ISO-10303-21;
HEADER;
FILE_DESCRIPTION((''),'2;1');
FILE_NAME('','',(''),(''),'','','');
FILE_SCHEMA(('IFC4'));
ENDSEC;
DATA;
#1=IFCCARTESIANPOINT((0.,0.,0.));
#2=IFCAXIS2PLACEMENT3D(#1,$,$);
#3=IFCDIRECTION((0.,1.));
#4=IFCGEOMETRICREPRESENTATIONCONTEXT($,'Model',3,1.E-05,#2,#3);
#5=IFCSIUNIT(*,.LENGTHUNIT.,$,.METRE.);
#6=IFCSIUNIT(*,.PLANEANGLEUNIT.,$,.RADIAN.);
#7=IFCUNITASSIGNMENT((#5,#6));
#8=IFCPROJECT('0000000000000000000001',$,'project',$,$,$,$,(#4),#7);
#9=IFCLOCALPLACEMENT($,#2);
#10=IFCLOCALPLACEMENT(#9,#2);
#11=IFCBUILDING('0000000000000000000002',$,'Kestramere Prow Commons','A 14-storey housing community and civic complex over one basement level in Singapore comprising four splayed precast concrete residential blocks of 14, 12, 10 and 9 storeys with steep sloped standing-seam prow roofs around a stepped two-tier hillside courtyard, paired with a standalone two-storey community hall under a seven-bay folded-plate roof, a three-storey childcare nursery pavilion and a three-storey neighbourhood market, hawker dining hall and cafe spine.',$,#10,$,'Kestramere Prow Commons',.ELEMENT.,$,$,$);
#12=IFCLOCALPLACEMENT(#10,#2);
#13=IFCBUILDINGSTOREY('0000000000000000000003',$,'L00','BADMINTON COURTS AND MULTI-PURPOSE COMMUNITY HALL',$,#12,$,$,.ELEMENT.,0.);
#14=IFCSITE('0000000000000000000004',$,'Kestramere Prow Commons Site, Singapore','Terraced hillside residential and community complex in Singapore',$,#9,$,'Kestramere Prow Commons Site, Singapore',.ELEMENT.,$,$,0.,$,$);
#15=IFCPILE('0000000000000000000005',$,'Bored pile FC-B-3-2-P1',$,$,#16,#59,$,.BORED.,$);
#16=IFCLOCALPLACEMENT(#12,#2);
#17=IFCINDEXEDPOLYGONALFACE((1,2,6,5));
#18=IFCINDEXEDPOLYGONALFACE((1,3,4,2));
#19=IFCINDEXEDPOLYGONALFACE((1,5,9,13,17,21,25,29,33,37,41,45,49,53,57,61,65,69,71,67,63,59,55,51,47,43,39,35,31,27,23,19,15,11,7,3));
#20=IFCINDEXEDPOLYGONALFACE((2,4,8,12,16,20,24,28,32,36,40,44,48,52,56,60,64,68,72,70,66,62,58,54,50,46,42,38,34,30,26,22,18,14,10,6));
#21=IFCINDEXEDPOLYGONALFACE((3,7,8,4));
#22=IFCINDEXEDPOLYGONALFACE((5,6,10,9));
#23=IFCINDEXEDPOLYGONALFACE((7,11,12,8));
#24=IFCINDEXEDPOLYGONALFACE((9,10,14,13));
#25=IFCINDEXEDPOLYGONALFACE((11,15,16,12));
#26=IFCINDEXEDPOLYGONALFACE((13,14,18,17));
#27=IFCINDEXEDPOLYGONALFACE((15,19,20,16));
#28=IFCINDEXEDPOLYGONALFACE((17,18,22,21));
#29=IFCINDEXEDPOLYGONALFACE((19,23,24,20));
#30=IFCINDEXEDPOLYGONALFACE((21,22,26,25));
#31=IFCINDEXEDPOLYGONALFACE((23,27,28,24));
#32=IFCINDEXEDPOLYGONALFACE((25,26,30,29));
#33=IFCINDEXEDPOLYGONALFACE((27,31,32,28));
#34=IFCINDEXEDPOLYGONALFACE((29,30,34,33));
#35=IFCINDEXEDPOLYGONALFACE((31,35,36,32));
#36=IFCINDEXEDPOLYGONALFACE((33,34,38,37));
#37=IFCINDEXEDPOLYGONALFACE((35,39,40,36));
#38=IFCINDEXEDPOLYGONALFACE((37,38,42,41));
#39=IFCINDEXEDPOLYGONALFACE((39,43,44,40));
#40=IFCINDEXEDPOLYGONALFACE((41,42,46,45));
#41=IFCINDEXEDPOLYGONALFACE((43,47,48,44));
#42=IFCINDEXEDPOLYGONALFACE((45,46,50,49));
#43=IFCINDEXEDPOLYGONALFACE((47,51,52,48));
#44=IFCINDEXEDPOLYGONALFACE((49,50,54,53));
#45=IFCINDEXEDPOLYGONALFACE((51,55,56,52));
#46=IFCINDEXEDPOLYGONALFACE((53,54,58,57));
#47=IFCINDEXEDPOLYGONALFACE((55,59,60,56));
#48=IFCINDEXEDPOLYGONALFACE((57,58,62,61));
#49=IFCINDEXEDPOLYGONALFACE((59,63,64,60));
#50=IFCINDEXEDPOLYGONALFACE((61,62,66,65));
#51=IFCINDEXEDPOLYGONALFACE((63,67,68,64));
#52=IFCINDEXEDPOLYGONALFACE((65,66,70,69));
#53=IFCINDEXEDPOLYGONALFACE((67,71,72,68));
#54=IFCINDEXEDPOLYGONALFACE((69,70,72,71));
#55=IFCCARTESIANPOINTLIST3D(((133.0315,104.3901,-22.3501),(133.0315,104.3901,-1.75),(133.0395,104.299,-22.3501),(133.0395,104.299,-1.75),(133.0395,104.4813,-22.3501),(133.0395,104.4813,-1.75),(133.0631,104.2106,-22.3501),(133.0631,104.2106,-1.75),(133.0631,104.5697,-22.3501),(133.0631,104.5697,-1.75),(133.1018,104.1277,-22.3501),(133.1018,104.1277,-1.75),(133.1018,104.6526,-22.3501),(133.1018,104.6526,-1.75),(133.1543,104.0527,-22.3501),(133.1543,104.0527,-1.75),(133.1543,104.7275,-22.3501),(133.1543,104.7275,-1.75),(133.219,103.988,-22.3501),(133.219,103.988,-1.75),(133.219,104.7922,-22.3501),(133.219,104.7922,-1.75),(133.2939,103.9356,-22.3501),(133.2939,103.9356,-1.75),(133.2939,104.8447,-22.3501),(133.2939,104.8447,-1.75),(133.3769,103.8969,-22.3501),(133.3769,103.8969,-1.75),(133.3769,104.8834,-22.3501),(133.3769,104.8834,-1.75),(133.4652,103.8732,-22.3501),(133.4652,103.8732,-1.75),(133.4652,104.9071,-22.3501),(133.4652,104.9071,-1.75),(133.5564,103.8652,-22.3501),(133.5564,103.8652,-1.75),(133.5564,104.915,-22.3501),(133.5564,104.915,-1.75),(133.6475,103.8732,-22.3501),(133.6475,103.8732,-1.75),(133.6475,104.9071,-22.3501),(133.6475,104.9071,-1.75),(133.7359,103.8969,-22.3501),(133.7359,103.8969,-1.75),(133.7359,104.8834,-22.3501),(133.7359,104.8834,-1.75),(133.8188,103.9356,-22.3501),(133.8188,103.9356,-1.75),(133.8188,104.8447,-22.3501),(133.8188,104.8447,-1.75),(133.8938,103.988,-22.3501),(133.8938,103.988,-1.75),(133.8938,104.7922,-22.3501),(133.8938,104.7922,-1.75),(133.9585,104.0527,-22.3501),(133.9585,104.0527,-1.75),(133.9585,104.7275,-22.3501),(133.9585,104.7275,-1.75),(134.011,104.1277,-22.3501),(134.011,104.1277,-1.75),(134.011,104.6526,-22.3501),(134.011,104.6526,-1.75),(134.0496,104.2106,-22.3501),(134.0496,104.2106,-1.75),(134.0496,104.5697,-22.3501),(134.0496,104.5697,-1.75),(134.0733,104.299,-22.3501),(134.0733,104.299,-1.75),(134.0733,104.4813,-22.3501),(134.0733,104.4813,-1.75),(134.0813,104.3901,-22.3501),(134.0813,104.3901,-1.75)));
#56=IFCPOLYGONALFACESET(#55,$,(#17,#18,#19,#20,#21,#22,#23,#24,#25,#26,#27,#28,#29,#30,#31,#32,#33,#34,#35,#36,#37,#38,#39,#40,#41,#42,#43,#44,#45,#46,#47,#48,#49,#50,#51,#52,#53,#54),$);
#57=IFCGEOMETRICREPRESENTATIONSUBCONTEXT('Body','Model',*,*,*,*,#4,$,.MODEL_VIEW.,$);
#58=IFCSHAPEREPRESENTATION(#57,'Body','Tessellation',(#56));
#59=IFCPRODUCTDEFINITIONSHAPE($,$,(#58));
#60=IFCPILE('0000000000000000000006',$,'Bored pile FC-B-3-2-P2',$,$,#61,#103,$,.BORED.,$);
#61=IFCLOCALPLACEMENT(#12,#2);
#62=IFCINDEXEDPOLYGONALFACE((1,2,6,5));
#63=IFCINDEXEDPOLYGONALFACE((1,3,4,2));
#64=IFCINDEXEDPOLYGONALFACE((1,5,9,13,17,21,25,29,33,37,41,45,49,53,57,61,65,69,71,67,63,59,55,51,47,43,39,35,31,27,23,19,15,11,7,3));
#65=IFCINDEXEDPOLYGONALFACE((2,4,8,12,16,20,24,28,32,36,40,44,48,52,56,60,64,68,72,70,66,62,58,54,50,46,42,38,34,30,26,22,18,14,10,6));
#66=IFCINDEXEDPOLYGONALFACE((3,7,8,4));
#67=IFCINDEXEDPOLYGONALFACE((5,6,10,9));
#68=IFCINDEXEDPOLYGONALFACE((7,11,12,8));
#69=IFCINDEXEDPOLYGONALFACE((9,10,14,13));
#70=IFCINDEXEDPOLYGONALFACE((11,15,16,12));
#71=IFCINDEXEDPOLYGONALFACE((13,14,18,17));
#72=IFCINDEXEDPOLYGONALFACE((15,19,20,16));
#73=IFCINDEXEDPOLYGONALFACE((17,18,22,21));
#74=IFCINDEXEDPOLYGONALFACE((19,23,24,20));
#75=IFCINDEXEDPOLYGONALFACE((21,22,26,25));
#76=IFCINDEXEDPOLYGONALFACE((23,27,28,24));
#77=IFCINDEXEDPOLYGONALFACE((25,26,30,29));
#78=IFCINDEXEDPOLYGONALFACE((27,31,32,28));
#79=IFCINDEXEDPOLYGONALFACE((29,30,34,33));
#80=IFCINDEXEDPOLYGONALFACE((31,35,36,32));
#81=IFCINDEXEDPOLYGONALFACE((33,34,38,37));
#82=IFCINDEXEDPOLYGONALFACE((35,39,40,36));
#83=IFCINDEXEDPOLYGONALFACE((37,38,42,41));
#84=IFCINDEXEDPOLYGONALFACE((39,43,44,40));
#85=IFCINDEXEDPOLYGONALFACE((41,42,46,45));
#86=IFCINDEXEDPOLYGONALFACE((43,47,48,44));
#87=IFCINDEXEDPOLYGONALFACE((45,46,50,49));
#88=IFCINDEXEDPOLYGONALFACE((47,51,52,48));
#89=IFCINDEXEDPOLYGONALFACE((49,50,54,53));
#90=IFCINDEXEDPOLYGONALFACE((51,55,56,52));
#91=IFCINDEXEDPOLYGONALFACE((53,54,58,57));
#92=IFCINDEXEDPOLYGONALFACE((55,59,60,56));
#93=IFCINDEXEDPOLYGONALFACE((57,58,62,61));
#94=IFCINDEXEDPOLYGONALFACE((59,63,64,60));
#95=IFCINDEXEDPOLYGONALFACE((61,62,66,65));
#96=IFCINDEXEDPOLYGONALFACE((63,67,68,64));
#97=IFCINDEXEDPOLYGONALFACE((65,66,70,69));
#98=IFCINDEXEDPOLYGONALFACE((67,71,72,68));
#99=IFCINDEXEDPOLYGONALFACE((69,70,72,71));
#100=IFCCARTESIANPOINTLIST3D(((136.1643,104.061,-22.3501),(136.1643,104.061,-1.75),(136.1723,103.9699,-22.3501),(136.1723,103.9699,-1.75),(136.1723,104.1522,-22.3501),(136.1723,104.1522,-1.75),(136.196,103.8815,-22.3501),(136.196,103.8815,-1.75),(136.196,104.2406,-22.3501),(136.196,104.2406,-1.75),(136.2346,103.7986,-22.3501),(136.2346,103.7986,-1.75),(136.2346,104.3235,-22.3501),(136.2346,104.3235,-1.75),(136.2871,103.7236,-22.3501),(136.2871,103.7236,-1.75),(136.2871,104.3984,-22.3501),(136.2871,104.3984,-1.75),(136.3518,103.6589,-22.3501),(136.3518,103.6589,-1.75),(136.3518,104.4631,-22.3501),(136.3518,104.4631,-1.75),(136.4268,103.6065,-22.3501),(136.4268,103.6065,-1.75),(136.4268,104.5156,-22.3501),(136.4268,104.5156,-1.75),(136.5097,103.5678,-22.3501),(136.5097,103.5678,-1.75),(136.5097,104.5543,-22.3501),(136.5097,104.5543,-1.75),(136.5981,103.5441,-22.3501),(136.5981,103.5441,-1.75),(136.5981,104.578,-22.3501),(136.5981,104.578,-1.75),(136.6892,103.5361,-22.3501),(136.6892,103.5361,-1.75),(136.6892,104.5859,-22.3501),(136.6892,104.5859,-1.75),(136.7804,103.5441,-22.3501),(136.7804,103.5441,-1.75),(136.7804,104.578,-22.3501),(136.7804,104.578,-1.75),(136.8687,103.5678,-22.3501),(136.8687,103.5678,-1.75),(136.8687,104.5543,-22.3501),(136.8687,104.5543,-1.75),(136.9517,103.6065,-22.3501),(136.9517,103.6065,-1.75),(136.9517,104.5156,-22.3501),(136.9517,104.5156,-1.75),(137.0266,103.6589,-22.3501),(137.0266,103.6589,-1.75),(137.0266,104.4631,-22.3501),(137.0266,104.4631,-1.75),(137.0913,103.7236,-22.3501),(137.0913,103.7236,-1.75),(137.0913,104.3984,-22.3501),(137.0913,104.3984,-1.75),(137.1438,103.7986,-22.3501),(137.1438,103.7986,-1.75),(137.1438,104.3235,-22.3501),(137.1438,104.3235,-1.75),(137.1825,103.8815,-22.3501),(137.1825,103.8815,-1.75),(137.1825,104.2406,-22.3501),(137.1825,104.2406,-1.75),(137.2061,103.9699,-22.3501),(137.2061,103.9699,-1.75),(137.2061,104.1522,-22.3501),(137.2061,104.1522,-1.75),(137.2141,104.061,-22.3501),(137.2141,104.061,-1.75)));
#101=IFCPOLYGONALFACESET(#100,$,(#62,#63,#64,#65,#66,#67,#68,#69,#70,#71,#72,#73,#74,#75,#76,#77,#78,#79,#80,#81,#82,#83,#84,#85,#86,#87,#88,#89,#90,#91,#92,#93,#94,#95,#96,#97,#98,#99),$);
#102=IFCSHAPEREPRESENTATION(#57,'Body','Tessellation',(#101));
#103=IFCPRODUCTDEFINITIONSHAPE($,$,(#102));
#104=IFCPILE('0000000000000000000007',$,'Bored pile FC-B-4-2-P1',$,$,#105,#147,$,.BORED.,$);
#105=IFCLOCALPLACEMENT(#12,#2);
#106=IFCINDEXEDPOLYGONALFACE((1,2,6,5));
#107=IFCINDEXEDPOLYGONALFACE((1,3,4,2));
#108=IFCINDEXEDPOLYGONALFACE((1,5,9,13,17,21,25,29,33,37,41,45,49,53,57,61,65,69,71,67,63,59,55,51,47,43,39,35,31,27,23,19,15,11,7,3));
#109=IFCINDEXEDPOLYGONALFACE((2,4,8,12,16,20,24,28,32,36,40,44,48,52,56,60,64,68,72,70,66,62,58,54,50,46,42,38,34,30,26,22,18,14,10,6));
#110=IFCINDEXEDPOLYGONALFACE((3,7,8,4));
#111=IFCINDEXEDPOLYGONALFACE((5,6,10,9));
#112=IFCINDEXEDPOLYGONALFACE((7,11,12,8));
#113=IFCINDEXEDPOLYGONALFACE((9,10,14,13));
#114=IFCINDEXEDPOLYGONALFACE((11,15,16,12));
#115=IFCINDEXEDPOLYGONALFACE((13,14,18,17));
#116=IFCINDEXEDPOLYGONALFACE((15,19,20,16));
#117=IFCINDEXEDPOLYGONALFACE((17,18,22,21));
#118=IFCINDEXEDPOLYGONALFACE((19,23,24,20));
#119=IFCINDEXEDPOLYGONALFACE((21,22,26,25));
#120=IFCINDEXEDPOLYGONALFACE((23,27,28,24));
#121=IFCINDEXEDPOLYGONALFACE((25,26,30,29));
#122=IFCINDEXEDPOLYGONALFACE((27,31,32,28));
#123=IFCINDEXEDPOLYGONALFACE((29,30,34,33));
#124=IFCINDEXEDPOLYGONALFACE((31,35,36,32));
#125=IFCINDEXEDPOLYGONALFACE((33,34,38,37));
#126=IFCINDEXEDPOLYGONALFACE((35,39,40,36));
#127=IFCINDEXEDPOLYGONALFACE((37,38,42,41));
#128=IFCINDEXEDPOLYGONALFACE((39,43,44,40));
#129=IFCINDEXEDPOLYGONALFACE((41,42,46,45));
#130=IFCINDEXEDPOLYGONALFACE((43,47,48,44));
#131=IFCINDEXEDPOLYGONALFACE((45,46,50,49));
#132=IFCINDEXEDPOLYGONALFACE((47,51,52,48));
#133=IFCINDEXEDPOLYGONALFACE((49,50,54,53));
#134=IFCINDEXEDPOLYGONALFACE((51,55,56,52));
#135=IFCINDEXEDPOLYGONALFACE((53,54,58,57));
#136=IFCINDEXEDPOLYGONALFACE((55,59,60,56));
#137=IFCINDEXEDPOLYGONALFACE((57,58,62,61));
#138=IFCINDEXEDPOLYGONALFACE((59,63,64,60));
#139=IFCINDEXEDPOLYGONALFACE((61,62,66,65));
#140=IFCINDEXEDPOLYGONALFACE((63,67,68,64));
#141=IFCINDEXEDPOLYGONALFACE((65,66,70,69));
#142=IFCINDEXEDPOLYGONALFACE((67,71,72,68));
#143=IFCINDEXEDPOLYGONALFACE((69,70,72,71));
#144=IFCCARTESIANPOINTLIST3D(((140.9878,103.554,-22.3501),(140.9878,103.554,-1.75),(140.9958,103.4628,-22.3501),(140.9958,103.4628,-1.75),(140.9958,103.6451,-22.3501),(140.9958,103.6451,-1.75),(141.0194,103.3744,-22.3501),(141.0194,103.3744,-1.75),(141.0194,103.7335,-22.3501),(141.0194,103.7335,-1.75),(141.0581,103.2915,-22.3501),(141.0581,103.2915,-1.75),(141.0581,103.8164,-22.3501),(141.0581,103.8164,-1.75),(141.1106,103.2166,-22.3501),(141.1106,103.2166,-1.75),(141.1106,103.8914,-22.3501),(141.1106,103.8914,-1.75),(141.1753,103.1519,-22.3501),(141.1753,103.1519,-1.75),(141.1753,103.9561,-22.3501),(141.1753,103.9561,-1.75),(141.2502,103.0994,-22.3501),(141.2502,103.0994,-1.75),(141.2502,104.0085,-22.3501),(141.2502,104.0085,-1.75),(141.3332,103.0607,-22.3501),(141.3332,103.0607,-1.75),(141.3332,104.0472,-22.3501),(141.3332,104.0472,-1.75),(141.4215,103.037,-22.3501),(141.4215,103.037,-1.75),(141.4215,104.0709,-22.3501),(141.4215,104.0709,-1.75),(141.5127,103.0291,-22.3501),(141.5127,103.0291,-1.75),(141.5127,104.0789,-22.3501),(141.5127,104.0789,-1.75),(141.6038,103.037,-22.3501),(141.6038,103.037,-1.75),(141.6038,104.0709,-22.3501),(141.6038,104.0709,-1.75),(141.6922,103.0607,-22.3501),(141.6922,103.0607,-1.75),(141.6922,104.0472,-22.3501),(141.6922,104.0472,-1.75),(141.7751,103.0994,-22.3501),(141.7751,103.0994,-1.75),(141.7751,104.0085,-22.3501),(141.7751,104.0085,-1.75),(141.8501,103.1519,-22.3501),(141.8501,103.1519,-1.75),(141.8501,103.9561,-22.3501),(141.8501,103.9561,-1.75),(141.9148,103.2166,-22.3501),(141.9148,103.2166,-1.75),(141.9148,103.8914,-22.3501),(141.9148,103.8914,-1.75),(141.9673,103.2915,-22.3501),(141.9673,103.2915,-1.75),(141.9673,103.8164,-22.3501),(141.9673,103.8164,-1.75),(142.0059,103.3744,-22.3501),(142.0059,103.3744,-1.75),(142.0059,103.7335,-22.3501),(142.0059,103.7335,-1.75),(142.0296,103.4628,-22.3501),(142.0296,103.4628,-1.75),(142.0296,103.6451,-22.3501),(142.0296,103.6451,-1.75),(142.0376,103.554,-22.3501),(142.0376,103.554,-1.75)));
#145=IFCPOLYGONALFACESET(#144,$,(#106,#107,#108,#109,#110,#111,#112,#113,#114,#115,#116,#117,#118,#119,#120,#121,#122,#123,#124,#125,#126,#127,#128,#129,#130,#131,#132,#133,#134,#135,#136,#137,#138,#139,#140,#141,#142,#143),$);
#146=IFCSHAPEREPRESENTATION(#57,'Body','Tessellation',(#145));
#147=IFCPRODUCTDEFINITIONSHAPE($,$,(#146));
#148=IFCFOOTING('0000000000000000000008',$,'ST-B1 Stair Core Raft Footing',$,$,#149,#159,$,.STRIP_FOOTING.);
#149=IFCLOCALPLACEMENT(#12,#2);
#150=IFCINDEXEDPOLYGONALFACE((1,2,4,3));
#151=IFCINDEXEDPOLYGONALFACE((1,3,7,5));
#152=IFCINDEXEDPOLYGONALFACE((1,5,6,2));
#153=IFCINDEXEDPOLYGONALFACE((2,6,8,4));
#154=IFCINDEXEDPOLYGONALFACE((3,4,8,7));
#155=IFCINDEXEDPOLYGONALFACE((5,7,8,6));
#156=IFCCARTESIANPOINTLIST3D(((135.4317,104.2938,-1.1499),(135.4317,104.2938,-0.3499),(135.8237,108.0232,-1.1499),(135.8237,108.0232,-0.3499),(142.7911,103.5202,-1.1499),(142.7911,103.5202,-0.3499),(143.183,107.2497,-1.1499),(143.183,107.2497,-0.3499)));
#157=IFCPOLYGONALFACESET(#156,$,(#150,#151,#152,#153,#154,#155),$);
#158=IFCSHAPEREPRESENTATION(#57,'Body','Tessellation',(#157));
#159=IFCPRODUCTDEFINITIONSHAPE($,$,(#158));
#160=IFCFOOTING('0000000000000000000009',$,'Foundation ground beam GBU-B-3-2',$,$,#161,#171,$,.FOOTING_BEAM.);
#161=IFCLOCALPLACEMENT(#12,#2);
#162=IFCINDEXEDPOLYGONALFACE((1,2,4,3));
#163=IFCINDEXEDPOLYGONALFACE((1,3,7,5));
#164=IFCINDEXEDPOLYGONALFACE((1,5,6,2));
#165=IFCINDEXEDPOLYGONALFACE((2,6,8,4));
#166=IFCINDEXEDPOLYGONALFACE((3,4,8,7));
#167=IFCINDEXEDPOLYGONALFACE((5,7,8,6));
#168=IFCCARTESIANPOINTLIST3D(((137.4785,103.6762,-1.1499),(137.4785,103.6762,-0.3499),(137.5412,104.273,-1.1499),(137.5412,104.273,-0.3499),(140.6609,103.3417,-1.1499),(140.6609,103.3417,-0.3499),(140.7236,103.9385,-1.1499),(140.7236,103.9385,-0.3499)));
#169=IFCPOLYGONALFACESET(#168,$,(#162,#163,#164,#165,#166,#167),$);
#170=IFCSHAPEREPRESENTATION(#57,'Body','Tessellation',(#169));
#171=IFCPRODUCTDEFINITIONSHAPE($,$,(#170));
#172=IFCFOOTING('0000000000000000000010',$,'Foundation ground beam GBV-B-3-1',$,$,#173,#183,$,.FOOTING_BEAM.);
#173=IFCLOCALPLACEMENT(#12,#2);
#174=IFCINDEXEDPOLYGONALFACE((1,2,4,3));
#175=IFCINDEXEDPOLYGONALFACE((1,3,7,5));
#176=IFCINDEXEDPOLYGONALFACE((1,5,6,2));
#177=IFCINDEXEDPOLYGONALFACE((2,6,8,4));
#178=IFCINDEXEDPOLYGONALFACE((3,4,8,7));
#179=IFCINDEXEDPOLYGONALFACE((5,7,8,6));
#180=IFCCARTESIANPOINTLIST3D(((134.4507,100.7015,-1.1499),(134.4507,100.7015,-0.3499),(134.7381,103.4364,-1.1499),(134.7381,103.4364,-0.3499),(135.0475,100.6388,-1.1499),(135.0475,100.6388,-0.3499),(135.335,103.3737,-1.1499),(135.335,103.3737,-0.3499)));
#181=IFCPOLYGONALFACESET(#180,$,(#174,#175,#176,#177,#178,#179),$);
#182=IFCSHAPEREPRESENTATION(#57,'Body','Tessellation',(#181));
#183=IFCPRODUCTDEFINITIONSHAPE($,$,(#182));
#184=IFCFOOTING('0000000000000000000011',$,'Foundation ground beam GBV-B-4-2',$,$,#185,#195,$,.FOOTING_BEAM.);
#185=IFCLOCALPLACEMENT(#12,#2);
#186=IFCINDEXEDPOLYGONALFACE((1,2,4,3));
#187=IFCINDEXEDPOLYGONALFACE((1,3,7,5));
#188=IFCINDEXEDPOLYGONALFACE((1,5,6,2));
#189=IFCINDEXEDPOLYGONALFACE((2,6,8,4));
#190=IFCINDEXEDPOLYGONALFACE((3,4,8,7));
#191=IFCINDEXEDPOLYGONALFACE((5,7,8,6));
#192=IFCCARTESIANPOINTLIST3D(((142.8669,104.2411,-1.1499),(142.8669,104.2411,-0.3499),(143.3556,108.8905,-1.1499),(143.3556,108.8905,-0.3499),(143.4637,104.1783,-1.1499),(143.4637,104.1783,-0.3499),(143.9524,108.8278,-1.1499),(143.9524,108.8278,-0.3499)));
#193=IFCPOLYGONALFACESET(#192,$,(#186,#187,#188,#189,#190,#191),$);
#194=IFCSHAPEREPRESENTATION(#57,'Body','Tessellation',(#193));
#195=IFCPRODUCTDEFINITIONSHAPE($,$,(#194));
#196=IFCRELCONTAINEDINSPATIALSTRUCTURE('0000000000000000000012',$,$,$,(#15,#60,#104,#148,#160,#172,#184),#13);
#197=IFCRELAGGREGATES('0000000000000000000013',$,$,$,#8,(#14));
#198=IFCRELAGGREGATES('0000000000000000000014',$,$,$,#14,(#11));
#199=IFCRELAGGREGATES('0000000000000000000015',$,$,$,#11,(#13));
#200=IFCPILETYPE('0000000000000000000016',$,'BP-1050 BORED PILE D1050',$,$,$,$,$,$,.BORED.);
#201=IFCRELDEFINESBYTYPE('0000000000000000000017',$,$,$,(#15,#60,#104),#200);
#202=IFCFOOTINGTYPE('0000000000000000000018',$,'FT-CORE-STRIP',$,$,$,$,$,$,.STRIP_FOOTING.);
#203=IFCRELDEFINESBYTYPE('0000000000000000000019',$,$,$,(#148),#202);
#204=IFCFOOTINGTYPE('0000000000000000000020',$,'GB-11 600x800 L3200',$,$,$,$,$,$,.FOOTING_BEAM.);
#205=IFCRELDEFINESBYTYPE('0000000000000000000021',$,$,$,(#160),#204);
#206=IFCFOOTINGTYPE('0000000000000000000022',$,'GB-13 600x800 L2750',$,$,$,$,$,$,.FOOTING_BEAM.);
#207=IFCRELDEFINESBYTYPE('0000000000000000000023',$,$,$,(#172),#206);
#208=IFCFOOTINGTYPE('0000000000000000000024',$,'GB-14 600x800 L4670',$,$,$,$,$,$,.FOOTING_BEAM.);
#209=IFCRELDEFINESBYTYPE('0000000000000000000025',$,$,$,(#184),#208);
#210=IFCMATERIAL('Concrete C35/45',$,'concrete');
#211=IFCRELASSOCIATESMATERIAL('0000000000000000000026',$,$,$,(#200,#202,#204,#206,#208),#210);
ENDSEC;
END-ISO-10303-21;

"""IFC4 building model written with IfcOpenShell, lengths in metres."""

from ifc_helpers import new_model, si_unit, direction, frame, origin, origin_2d, place, context, subcontext, project, spatial, rectangle, circle, extrude, material, material_profile, profile_set, type_object, element, save


model = new_model("IFC4")

# Units and contexts
model_context = context("Model", 3, precision=1e-05, world=origin(), true_north=direction((0.0, 1.0)))
body_context = subcontext(model_context, "Body", "Model", "MODEL_VIEW")
ifc_project = project(units=[si_unit("LENGTHUNIT", "METRE"), si_unit("PLANEANGLEUNIT", "RADIAN")], contexts=[model_context])

# Site, building, storey
site_placement = place(None, origin())
site = spatial("IfcSite", under=ifc_project, at=site_placement, Name="Kestramere Prow Commons Site, Singapore", Description="Terraced hillside residential and community complex in Singapore", LongName="Kestramere Prow Commons Site, Singapore", CompositionType="ELEMENT", RefElevation=0.0)
building_placement = place(site_placement, origin())
building = spatial("IfcBuilding", under=site, at=building_placement, Name="Kestramere Prow Commons", Description="A 14-storey housing community and civic complex over one basement level in Singapore comprising four splayed precast concrete residential blocks of 14, 12, 10 and 9 storeys with steep sloped standing-seam prow roofs around a stepped two-tier hillside courtyard, paired with a standalone two-storey community hall under a seven-bay folded-plate roof, a three-storey childcare nursery pavilion and a three-storey neighbourhood market, hawker dining hall and cafe spine.", LongName="Kestramere Prow Commons", CompositionType="ELEMENT")
storey_placement = place(building_placement, origin())
storey = spatial("IfcBuildingStorey", under=building, at=storey_placement, Name="L00", Description="BADMINTON COURTS AND MULTI-PURPOSE COMMUNITY HALL", CompositionType="ELEMENT", Elevation=0.0)

# Piles
ifc_material_1 = material(Name="Concrete C35/45", Category="concrete")
ifc_material_profile_1 = material_profile(ifc_material_1, circle(Radius=0.5249, at=origin_2d()), Name="BORED PILE D1050")
ifc_profile_set_1 = profile_set([ifc_material_profile_1], Name="Concrete C35/45")
pile_type = type_object("IfcPileType", Name="BP-1050 BORED PILE D1050", PredefinedType="BORED", material=ifc_profile_set_1)
for number, where, z_axis, x_axis, name in (
    (1, (133.5564, 104.3901, -1.75), (0.0, 0.0, -1.0), (1.0, 0.0, 0.0), "Bored pile FC-B-3-2-P1"),
    (2, (136.6892, 104.061, -1.75), (0.0, 0.0, -1.0), (1.0, 0.0, 0.0), "Bored pile FC-B-3-2-P2"),
    (3, (141.5127, 103.554, -1.75), (0.0, 0.0, -1.0), (1.0, 0.0, 0.0), "Bored pile FC-B-4-2-P1"),
):
    element("IfcPile", number, at=place(storey_placement, frame(where, z_axis=z_axis, x_axis=x_axis)), inside=storey, type_object=pile_type, Name=name, PredefinedType="BORED", context=body_context, shape_type="SweptSolid", body=[
        extrude(circle(Radius=0.5249, at=origin_2d()), origin(), (0.0, 0.0, 1.0), 20.6001),
    ])

# Footings
footing_type_1 = type_object("IfcFootingType", Name="FT-CORE-STRIP", PredefinedType="STRIP_FOOTING", material=ifc_material_1)
footing_1_placement = place(storey_placement, frame((139.3074, 105.7717, -1.1499), z_axis=(0.0, 0.0, 1.0), x_axis=(0.994522, -0.104528, 0.0)))
element("IfcFooting", 4, at=footing_1_placement, inside=storey, type_object=footing_type_1, Name="ST-B1 Stair Core Raft Footing", PredefinedType="STRIP_FOOTING", context=body_context, shape_type="SweptSolid", body=[
    extrude(rectangle(XDim=7.3999, YDim=3.75, at=origin_2d()), origin(), (0.0, 0.0, 1.0), 0.8),
])
footing_type_2 = type_object("IfcFootingType", Name="GB-11 600x800 L3200", PredefinedType="FOOTING_BEAM", material=ifc_material_1)
footing_2_placement = place(storey_placement, frame((139.1011, 103.8074, -1.1499), z_axis=(0.0, 0.0, 1.0), x_axis=(0.994522, -0.104528, 0.0)))
element("IfcFooting", 5, at=footing_2_placement, inside=storey, type_object=footing_type_2, Name="Foundation ground beam GBU-B-3-2", PredefinedType="FOOTING_BEAM", context=body_context, shape_type="SweptSolid", body=[
    extrude(rectangle(XDim=3.2, YDim=0.6001, at=origin_2d()), origin(), (0.0, 0.0, 1.0), 0.8),
])
footing_type_3 = type_object("IfcFootingType", Name="GB-13 600x800 L2750", PredefinedType="FOOTING_BEAM", material=ifc_material_1)
footing_3_placement = place(storey_placement, frame((134.8928, 102.0376, -1.1499), z_axis=(0.0, 0.0, 1.0), x_axis=(0.104528, 0.994522, 0.0)))
element("IfcFooting", 6, at=footing_3_placement, inside=storey, type_object=footing_type_3, Name="Foundation ground beam GBV-B-3-1", PredefinedType="FOOTING_BEAM", context=body_context, shape_type="SweptSolid", body=[
    extrude(rectangle(XDim=2.75, YDim=0.6001, at=origin_2d()), origin(), (0.0, 0.0, 1.0), 0.8),
])
footing_type_4 = type_object("IfcFootingType", Name="GB-14 600x800 L4670", PredefinedType="FOOTING_BEAM", material=ifc_material_1)
footing_4_placement = place(storey_placement, frame((143.4097, 106.5344, -1.1499), z_axis=(0.0, 0.0, 1.0), x_axis=(0.104528, 0.994522, 0.0)))
element("IfcFooting", 7, at=footing_4_placement, inside=storey, type_object=footing_type_4, Name="Foundation ground beam GBV-B-4-2", PredefinedType="FOOTING_BEAM", context=body_context, shape_type="SweptSolid", body=[
    extrude(rectangle(XDim=4.675, YDim=0.6001, at=origin_2d()), origin(), (0.0, 0.0, 1.0), 0.8),
])

save(model, "model.ifc")
